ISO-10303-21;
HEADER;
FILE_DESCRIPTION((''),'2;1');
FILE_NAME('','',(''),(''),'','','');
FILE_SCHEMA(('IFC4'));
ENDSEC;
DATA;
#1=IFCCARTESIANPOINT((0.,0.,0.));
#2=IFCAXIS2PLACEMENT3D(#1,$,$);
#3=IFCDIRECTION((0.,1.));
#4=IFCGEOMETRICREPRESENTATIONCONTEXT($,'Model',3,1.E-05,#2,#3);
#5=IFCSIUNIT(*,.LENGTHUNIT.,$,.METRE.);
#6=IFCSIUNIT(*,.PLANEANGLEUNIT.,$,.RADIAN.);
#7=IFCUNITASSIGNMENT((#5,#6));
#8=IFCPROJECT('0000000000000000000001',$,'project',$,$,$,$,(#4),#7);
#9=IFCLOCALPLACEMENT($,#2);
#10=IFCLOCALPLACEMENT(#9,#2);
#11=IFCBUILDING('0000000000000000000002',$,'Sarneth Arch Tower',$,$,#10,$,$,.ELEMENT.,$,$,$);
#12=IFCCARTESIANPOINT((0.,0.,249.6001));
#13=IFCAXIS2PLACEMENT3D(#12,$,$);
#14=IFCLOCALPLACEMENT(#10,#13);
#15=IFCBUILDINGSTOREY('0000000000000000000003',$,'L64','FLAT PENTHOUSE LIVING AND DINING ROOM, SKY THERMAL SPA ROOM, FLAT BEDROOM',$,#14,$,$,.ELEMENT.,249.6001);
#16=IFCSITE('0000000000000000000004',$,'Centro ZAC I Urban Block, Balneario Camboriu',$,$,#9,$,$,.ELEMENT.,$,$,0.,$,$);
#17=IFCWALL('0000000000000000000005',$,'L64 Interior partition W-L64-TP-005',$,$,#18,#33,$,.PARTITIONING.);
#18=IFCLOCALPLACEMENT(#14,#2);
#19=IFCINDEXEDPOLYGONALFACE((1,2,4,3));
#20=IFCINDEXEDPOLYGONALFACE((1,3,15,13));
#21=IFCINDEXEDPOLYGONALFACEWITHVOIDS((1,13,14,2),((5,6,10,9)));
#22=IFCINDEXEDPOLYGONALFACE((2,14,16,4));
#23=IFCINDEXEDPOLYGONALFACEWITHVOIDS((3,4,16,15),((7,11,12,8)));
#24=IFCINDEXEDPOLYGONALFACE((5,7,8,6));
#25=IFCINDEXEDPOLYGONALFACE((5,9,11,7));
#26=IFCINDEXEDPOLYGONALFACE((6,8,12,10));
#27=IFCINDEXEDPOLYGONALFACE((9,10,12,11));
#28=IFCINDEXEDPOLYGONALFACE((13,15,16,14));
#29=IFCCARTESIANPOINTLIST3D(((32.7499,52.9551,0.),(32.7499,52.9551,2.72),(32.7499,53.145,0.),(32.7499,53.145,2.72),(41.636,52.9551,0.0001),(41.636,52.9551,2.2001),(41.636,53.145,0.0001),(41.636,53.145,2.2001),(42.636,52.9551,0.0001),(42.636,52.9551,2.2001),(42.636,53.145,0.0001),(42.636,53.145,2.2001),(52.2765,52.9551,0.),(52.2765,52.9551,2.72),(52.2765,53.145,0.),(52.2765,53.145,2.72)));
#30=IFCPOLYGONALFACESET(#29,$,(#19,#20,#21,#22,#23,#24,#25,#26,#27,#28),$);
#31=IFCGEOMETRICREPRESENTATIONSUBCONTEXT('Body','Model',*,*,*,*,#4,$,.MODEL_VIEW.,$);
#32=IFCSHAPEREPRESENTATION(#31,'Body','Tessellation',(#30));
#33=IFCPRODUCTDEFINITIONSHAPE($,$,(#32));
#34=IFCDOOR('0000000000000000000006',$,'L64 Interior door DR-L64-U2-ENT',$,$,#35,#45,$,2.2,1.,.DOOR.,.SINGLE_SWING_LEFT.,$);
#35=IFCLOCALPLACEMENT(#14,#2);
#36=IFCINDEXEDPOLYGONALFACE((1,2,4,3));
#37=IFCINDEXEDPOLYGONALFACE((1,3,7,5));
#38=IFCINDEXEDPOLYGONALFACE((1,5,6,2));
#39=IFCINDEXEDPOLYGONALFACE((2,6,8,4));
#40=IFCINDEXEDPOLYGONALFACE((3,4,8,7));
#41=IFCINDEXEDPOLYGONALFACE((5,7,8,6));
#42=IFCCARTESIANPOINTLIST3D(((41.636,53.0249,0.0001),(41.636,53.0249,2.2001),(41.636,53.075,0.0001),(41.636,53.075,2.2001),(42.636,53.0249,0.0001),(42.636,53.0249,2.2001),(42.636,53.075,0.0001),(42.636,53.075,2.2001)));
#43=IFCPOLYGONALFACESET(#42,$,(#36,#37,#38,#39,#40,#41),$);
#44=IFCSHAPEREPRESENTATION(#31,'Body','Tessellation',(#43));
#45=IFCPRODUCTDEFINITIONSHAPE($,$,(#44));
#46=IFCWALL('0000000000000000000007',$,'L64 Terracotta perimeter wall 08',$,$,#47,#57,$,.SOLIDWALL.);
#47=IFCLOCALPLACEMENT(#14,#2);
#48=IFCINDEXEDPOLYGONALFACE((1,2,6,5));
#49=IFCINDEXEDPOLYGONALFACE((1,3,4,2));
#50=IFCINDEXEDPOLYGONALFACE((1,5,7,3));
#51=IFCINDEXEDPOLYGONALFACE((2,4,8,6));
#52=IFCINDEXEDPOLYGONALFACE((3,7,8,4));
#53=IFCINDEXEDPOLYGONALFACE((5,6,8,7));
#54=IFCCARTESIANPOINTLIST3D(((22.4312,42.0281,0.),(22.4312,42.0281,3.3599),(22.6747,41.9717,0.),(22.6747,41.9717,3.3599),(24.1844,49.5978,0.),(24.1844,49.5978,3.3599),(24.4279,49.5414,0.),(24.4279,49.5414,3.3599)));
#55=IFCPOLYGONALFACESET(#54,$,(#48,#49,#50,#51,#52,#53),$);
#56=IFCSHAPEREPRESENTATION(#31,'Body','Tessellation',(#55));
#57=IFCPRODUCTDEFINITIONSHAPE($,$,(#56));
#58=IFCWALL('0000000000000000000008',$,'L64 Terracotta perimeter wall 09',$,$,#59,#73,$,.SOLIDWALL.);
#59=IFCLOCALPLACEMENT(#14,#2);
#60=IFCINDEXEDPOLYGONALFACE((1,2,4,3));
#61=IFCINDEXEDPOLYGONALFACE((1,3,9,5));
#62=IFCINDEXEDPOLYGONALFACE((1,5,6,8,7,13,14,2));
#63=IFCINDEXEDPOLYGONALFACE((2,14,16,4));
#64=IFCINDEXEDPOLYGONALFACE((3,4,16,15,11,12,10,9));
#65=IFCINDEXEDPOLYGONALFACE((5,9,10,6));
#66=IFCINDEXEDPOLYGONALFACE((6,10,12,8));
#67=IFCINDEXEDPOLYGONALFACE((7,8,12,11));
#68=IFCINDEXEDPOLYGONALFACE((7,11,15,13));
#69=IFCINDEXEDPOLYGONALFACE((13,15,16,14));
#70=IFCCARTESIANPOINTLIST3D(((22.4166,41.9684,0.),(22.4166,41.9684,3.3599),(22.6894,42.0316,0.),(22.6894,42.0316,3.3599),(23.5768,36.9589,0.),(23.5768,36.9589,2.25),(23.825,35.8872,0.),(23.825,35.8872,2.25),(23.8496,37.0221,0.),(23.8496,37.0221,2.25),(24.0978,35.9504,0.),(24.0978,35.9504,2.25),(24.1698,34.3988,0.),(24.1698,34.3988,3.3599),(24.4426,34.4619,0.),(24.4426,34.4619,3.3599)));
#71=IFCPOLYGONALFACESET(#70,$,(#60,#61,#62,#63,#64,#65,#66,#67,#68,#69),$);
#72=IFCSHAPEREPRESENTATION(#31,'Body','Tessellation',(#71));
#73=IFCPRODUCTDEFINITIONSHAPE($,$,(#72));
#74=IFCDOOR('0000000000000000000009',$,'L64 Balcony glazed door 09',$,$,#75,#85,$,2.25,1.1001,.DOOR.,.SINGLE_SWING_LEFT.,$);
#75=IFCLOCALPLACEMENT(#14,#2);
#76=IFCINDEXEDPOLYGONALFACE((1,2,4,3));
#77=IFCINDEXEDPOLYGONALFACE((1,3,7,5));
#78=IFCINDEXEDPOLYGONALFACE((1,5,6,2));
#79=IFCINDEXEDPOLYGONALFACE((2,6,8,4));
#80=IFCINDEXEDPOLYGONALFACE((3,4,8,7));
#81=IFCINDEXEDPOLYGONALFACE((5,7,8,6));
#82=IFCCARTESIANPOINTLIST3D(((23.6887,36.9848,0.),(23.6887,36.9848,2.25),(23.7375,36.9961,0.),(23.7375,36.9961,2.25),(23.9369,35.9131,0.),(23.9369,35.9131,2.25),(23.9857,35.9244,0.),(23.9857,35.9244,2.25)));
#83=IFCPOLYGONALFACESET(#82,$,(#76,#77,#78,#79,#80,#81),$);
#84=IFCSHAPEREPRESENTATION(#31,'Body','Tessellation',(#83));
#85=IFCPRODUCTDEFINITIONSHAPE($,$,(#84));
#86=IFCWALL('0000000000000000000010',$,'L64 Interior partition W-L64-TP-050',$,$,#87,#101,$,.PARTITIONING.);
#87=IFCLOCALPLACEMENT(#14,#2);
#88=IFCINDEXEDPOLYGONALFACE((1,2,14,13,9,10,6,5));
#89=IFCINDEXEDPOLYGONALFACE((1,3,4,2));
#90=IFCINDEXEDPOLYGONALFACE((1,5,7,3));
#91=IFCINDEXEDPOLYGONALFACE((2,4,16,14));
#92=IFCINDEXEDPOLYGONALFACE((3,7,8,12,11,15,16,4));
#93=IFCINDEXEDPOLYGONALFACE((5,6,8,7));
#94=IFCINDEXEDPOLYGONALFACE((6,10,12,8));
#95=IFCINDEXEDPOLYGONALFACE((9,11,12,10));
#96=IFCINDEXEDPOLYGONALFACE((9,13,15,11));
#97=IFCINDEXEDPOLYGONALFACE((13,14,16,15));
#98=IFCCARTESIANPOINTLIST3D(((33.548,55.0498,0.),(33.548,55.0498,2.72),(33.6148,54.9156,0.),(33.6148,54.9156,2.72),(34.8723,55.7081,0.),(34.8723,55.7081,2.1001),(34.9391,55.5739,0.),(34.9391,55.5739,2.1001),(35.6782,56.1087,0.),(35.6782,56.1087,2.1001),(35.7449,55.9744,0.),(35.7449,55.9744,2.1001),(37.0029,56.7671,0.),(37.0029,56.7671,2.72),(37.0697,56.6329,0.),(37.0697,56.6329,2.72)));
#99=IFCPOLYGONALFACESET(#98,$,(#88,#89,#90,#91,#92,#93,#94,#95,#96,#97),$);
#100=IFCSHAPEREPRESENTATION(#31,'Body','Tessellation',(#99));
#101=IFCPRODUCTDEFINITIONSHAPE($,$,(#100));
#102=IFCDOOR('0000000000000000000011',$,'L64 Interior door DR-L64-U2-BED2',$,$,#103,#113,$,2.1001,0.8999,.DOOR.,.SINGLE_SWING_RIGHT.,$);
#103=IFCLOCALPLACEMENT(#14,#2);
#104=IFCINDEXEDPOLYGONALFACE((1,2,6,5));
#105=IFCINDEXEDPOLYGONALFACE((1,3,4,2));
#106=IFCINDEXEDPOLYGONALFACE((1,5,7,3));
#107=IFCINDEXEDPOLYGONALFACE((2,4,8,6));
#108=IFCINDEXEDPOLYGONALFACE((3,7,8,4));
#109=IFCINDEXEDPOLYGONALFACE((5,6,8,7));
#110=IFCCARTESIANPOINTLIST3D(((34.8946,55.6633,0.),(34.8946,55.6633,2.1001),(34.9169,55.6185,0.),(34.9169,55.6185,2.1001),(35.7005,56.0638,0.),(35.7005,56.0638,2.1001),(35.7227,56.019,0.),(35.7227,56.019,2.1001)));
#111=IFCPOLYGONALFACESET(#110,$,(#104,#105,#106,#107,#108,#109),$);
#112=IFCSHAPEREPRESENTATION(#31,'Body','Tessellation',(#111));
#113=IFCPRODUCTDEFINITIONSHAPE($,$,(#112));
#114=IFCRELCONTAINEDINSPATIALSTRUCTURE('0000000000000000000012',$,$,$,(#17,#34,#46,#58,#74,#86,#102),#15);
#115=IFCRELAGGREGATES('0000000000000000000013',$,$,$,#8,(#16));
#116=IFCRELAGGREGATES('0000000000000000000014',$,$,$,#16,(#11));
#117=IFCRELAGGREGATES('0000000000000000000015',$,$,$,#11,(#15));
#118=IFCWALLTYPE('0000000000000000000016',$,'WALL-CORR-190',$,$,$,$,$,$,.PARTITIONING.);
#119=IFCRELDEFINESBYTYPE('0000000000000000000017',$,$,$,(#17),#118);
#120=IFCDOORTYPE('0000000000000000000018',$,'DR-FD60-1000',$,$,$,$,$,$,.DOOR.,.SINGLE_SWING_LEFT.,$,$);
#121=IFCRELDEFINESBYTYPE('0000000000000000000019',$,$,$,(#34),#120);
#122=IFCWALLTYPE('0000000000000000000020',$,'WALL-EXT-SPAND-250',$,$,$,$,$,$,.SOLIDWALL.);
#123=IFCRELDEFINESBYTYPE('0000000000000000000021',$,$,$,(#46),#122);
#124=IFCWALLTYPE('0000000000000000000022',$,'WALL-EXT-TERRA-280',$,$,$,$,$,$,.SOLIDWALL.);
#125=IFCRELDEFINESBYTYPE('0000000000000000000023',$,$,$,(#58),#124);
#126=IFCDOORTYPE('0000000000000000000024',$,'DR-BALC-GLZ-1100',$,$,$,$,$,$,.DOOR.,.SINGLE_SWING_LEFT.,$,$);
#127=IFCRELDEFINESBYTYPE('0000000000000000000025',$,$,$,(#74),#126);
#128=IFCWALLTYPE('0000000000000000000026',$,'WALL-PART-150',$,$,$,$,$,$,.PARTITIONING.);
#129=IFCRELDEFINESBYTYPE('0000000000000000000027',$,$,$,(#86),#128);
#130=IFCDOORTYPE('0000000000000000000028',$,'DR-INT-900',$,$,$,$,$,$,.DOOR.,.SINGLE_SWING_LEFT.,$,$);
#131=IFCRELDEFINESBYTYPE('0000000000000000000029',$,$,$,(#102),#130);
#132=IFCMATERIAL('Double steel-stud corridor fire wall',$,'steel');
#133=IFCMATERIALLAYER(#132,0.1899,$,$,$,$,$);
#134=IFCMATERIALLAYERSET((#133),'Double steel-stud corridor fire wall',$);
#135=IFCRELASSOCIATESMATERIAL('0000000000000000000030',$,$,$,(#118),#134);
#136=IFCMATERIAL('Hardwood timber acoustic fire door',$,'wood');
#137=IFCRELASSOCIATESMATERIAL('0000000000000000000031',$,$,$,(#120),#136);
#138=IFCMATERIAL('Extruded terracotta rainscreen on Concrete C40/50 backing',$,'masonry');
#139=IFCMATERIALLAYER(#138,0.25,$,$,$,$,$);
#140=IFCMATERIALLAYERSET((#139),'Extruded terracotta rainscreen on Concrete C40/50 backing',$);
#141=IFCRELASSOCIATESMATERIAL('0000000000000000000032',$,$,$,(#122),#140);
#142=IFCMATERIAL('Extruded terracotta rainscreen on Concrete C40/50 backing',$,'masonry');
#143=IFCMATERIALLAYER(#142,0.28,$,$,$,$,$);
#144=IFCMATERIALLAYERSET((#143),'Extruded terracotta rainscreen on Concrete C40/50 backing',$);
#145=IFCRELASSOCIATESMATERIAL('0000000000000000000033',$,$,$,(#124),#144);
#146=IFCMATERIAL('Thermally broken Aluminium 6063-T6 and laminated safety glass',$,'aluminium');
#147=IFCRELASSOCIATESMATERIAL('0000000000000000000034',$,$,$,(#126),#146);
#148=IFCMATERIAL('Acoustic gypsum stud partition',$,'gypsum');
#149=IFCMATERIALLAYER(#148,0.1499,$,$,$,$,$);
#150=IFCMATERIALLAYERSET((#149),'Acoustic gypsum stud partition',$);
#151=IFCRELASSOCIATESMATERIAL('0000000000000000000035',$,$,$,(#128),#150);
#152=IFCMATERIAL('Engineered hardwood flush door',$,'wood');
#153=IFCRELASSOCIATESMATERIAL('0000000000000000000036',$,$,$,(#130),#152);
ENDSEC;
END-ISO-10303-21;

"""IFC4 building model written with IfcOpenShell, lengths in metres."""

from ifc_helpers import new_model, si_unit, direction, frame, frame_2d, origin, place, context, subcontext, project, spatial, rectangle, extrude, material, layer, layer_set, type_object, element, fill, save


model = new_model("IFC4")

# Units and contexts
model_context = context("Model", 3, precision=1e-05, world=origin(), true_north=direction((0.0, 1.0)))
body_context = subcontext(model_context, "Body", "Model", "MODEL_VIEW")
ifc_project = project(units=[si_unit("LENGTHUNIT", "METRE"), si_unit("PLANEANGLEUNIT", "RADIAN")], contexts=[model_context])

# Site, building, storey
site_placement = place(None, origin())
site = spatial("IfcSite", under=ifc_project, at=site_placement, Name="Centro ZAC I Urban Block, Balneario Camboriu", CompositionType="ELEMENT", RefElevation=0.0)
building_placement = place(site_placement, origin())
building = spatial("IfcBuilding", under=site, at=building_placement, Name="Sarneth Arch Tower", CompositionType="ELEMENT")
storey_placement = place(building_placement, frame((0.0, 0.0, 249.6001)))
storey = spatial("IfcBuildingStorey", under=building, at=storey_placement, Name="L64", Description="FLAT PENTHOUSE LIVING AND DINING ROOM, SKY THERMAL SPA ROOM, FLAT BEDROOM", CompositionType="ELEMENT", Elevation=249.6001)

# Wall, opening, door
ifc_material_1 = material(Name="Double steel-stud corridor fire wall", Category="steel")
ifc_layer_1 = layer(ifc_material_1, 0.1899)
ifc_layer_set_1 = layer_set([ifc_layer_1], Name="Double steel-stud corridor fire wall")
wall_type_1 = type_object("IfcWallType", Name="WALL-CORR-190", PredefinedType="PARTITIONING", material=ifc_layer_set_1)
wall_1_placement = place(storey_placement, frame((32.75, 53.05, 0.0), z_axis=(0.0, 0.0, 1.0), x_axis=(1.0, 0.0, 0.0)))
wall_1 = element("IfcWall", 1, at=wall_1_placement, inside=storey, type_object=wall_type_1, Name="L64 Interior partition W-L64-TP-005", PredefinedType="PARTITIONING", context=body_context, shape_type="SweptSolid", body=[
    extrude(rectangle(XDim=19.5266, YDim=0.1899, at=frame_2d((9.7632, 0.0))), origin(), (0.0, 0.0, 1.0), 2.72),
])
opening_1_placement = place(wall_1_placement, frame((8.886, 0.0, 0.0)))
opening_1 = element("IfcOpeningElement", 2, at=opening_1_placement, cuts=wall_1, PredefinedType="OPENING", context=body_context, shape_type="SweptSolid", body=[
    extrude(rectangle(XDim=1.0, YDim=2.2, at=frame_2d((0.5, 1.1001))), frame((0.0, 0.105, 0.0), z_axis=(0.0, -1.0, 0.0), x_axis=(1.0, 0.0, 0.0)), (0.0, 0.0, 1.0), 0.21),
])
ifc_material_2 = material(Name="Hardwood timber acoustic fire door", Category="wood")
door_type_1 = type_object("IfcDoorType", Name="DR-FD60-1000", OperationType="SINGLE_SWING_LEFT", PredefinedType="DOOR", material=ifc_material_2)
door_1_placement = place(opening_1_placement, origin())
door_1 = element("IfcDoor", 3, at=door_1_placement, inside=storey, type_object=door_type_1, Name="L64 Interior door DR-L64-U2-ENT", OperationType="SINGLE_SWING_LEFT", OverallHeight=2.2, OverallWidth=1.0, PredefinedType="DOOR", context=body_context, shape_type="SweptSolid", body=[
    extrude(rectangle(XDim=1.0, YDim=2.2, at=frame_2d((0.5, 1.1001))), frame((0.0, 0.0249, 0.0), z_axis=(0.0, -1.0, 0.0), x_axis=(1.0, 0.0, 0.0)), (0.0, 0.0, 1.0), 0.05),
])
fill(opening_1, door_1)

# Wall
ifc_material_3 = material(Name="Extruded terracotta rainscreen on Concrete C40/50 backing", Category="masonry")
ifc_layer_2 = layer(ifc_material_3, 0.25)
ifc_layer_set_2 = layer_set([ifc_layer_2], Name="Extruded terracotta rainscreen on Concrete C40/50 backing")
wall_type_2 = type_object("IfcWallType", Name="WALL-EXT-SPAND-250", PredefinedType="SOLIDWALL", material=ifc_layer_set_2)
wall_2_placement = place(storey_placement, frame((24.3062, 49.5696, 0.0), z_axis=(0.0, 0.0, 1.0), x_axis=(-0.225635, -0.974212, 0.0)))
element("IfcWall", 4, at=wall_2_placement, inside=storey, type_object=wall_type_2, Name="L64 Terracotta perimeter wall 08", PredefinedType="SOLIDWALL", context=body_context, shape_type="SweptSolid", body=[
    extrude(rectangle(XDim=7.77, YDim=0.25, at=frame_2d((3.885, 0.0))), origin(), (0.0, 0.0, 1.0), 3.3599),
])

# Walls, openings, doors
ifc_material_4 = material(Name="Extruded terracotta rainscreen on Concrete C40/50 backing", Category="masonry")
ifc_layer_3 = layer(ifc_material_4, 0.28)
ifc_layer_set_3 = layer_set([ifc_layer_3], Name="Extruded terracotta rainscreen on Concrete C40/50 backing")
wall_type_3 = type_object("IfcWallType", Name="WALL-EXT-TERRA-280", PredefinedType="SOLIDWALL", material=ifc_layer_set_3)
wall_3_placement = place(storey_placement, frame((22.553, 42.0, 0.0), z_axis=(0.0, 0.0, 1.0), x_axis=(0.225635, -0.974212, 0.0)))
wall_3 = element("IfcWall", 5, at=wall_3_placement, inside=storey, type_object=wall_type_3, Name="L64 Terracotta perimeter wall 09", PredefinedType="SOLIDWALL", context=body_context, shape_type="SweptSolid", body=[
    extrude(rectangle(XDim=7.77, YDim=0.28, at=frame_2d((3.885, 0.0))), origin(), (0.0, 0.0, 1.0), 3.3599),
])
opening_2_placement = place(wall_3_placement, frame((5.1421, 0.0, 0.0)))
opening_2 = element("IfcOpeningElement", 6, at=opening_2_placement, cuts=wall_3, PredefinedType="OPENING", context=body_context, shape_type="SweptSolid", body=[
    extrude(rectangle(XDim=1.1001, YDim=2.25, at=frame_2d((0.55, 1.125))), frame((0.0, 0.1499, 0.0), z_axis=(0.0, -1.0, 0.0), x_axis=(1.0, 0.0, 0.0)), (0.0, 0.0, 1.0), 0.3),
])
ifc_material_5 = material(Name="Thermally broken Aluminium 6063-T6 and laminated safety glass", Category="aluminium")
door_type_2 = type_object("IfcDoorType", Name="DR-BALC-GLZ-1100", OperationType="SINGLE_SWING_LEFT", PredefinedType="DOOR", material=ifc_material_5)
door_2_placement = place(opening_2_placement, origin())
door_2 = element("IfcDoor", 7, at=door_2_placement, inside=storey, type_object=door_type_2, Name="L64 Balcony glazed door 09", OperationType="SINGLE_SWING_LEFT", OverallHeight=2.25, OverallWidth=1.1001, PredefinedType="DOOR", context=body_context, shape_type="SweptSolid", body=[
    extrude(rectangle(XDim=1.1001, YDim=2.25, at=frame_2d((0.55, 1.125))), frame((0.0, 0.0249, 0.0), z_axis=(0.0, -1.0, 0.0), x_axis=(1.0, 0.0, 0.0)), (0.0, 0.0, 1.0), 0.05),
])
fill(opening_2, door_2)
ifc_material_6 = material(Name="Acoustic gypsum stud partition", Category="gypsum")
ifc_layer_4 = layer(ifc_material_6, 0.1499)
ifc_layer_set_4 = layer_set([ifc_layer_4], Name="Acoustic gypsum stud partition")
wall_type_4 = type_object("IfcWallType", Name="WALL-PART-150", PredefinedType="PARTITIONING", material=ifc_layer_set_4)
wall_4_placement = place(storey_placement, frame((33.5813, 54.9827, 0.0), z_axis=(0.0, 0.0, 1.0), x_axis=(0.895475, 0.445111, 0.0)))
wall_4 = element("IfcWall", 8, at=wall_4_placement, inside=storey, type_object=wall_type_4, Name="L64 Interior partition W-L64-TP-050", PredefinedType="PARTITIONING", context=body_context, shape_type="SweptSolid", body=[
    extrude(rectangle(XDim=3.8582, YDim=0.1499, at=frame_2d((1.9292, 0.0))), origin(), (0.0, 0.0, 1.0), 2.72),
])
opening_3_placement = place(wall_4_placement, frame((1.479, 0.0, 0.0)))
opening_3 = element("IfcOpeningElement", 9, at=opening_3_placement, cuts=wall_4, PredefinedType="OPENING", context=body_context, shape_type="SweptSolid", body=[
    extrude(rectangle(XDim=0.8999, YDim=2.1001, at=frame_2d((0.45, 1.05))), frame((0.0, 0.085, 0.0), z_axis=(0.0, -1.0, 0.0), x_axis=(1.0, 0.0, 0.0)), (0.0, 0.0, 1.0), 0.1699),
])
ifc_material_7 = material(Name="Engineered hardwood flush door", Category="wood")
door_type_3 = type_object("IfcDoorType", Name="DR-INT-900", OperationType="SINGLE_SWING_LEFT", PredefinedType="DOOR", material=ifc_material_7)
door_3_placement = place(opening_3_placement, origin())
door_3 = element("IfcDoor", 10, at=door_3_placement, inside=storey, type_object=door_type_3, Name="L64 Interior door DR-L64-U2-BED2", OperationType="SINGLE_SWING_RIGHT", OverallHeight=2.1001, OverallWidth=0.8999, PredefinedType="DOOR", context=body_context, shape_type="SweptSolid", body=[
    extrude(rectangle(XDim=0.8999, YDim=2.1001, at=frame_2d((0.45, 1.05))), frame((0.0, 0.0249, 0.0), z_axis=(0.0, -1.0, 0.0), x_axis=(1.0, 0.0, 0.0)), (0.0, 0.0, 1.0), 0.05),
])
fill(opening_3, door_3)

save(model, "model.ifc")
